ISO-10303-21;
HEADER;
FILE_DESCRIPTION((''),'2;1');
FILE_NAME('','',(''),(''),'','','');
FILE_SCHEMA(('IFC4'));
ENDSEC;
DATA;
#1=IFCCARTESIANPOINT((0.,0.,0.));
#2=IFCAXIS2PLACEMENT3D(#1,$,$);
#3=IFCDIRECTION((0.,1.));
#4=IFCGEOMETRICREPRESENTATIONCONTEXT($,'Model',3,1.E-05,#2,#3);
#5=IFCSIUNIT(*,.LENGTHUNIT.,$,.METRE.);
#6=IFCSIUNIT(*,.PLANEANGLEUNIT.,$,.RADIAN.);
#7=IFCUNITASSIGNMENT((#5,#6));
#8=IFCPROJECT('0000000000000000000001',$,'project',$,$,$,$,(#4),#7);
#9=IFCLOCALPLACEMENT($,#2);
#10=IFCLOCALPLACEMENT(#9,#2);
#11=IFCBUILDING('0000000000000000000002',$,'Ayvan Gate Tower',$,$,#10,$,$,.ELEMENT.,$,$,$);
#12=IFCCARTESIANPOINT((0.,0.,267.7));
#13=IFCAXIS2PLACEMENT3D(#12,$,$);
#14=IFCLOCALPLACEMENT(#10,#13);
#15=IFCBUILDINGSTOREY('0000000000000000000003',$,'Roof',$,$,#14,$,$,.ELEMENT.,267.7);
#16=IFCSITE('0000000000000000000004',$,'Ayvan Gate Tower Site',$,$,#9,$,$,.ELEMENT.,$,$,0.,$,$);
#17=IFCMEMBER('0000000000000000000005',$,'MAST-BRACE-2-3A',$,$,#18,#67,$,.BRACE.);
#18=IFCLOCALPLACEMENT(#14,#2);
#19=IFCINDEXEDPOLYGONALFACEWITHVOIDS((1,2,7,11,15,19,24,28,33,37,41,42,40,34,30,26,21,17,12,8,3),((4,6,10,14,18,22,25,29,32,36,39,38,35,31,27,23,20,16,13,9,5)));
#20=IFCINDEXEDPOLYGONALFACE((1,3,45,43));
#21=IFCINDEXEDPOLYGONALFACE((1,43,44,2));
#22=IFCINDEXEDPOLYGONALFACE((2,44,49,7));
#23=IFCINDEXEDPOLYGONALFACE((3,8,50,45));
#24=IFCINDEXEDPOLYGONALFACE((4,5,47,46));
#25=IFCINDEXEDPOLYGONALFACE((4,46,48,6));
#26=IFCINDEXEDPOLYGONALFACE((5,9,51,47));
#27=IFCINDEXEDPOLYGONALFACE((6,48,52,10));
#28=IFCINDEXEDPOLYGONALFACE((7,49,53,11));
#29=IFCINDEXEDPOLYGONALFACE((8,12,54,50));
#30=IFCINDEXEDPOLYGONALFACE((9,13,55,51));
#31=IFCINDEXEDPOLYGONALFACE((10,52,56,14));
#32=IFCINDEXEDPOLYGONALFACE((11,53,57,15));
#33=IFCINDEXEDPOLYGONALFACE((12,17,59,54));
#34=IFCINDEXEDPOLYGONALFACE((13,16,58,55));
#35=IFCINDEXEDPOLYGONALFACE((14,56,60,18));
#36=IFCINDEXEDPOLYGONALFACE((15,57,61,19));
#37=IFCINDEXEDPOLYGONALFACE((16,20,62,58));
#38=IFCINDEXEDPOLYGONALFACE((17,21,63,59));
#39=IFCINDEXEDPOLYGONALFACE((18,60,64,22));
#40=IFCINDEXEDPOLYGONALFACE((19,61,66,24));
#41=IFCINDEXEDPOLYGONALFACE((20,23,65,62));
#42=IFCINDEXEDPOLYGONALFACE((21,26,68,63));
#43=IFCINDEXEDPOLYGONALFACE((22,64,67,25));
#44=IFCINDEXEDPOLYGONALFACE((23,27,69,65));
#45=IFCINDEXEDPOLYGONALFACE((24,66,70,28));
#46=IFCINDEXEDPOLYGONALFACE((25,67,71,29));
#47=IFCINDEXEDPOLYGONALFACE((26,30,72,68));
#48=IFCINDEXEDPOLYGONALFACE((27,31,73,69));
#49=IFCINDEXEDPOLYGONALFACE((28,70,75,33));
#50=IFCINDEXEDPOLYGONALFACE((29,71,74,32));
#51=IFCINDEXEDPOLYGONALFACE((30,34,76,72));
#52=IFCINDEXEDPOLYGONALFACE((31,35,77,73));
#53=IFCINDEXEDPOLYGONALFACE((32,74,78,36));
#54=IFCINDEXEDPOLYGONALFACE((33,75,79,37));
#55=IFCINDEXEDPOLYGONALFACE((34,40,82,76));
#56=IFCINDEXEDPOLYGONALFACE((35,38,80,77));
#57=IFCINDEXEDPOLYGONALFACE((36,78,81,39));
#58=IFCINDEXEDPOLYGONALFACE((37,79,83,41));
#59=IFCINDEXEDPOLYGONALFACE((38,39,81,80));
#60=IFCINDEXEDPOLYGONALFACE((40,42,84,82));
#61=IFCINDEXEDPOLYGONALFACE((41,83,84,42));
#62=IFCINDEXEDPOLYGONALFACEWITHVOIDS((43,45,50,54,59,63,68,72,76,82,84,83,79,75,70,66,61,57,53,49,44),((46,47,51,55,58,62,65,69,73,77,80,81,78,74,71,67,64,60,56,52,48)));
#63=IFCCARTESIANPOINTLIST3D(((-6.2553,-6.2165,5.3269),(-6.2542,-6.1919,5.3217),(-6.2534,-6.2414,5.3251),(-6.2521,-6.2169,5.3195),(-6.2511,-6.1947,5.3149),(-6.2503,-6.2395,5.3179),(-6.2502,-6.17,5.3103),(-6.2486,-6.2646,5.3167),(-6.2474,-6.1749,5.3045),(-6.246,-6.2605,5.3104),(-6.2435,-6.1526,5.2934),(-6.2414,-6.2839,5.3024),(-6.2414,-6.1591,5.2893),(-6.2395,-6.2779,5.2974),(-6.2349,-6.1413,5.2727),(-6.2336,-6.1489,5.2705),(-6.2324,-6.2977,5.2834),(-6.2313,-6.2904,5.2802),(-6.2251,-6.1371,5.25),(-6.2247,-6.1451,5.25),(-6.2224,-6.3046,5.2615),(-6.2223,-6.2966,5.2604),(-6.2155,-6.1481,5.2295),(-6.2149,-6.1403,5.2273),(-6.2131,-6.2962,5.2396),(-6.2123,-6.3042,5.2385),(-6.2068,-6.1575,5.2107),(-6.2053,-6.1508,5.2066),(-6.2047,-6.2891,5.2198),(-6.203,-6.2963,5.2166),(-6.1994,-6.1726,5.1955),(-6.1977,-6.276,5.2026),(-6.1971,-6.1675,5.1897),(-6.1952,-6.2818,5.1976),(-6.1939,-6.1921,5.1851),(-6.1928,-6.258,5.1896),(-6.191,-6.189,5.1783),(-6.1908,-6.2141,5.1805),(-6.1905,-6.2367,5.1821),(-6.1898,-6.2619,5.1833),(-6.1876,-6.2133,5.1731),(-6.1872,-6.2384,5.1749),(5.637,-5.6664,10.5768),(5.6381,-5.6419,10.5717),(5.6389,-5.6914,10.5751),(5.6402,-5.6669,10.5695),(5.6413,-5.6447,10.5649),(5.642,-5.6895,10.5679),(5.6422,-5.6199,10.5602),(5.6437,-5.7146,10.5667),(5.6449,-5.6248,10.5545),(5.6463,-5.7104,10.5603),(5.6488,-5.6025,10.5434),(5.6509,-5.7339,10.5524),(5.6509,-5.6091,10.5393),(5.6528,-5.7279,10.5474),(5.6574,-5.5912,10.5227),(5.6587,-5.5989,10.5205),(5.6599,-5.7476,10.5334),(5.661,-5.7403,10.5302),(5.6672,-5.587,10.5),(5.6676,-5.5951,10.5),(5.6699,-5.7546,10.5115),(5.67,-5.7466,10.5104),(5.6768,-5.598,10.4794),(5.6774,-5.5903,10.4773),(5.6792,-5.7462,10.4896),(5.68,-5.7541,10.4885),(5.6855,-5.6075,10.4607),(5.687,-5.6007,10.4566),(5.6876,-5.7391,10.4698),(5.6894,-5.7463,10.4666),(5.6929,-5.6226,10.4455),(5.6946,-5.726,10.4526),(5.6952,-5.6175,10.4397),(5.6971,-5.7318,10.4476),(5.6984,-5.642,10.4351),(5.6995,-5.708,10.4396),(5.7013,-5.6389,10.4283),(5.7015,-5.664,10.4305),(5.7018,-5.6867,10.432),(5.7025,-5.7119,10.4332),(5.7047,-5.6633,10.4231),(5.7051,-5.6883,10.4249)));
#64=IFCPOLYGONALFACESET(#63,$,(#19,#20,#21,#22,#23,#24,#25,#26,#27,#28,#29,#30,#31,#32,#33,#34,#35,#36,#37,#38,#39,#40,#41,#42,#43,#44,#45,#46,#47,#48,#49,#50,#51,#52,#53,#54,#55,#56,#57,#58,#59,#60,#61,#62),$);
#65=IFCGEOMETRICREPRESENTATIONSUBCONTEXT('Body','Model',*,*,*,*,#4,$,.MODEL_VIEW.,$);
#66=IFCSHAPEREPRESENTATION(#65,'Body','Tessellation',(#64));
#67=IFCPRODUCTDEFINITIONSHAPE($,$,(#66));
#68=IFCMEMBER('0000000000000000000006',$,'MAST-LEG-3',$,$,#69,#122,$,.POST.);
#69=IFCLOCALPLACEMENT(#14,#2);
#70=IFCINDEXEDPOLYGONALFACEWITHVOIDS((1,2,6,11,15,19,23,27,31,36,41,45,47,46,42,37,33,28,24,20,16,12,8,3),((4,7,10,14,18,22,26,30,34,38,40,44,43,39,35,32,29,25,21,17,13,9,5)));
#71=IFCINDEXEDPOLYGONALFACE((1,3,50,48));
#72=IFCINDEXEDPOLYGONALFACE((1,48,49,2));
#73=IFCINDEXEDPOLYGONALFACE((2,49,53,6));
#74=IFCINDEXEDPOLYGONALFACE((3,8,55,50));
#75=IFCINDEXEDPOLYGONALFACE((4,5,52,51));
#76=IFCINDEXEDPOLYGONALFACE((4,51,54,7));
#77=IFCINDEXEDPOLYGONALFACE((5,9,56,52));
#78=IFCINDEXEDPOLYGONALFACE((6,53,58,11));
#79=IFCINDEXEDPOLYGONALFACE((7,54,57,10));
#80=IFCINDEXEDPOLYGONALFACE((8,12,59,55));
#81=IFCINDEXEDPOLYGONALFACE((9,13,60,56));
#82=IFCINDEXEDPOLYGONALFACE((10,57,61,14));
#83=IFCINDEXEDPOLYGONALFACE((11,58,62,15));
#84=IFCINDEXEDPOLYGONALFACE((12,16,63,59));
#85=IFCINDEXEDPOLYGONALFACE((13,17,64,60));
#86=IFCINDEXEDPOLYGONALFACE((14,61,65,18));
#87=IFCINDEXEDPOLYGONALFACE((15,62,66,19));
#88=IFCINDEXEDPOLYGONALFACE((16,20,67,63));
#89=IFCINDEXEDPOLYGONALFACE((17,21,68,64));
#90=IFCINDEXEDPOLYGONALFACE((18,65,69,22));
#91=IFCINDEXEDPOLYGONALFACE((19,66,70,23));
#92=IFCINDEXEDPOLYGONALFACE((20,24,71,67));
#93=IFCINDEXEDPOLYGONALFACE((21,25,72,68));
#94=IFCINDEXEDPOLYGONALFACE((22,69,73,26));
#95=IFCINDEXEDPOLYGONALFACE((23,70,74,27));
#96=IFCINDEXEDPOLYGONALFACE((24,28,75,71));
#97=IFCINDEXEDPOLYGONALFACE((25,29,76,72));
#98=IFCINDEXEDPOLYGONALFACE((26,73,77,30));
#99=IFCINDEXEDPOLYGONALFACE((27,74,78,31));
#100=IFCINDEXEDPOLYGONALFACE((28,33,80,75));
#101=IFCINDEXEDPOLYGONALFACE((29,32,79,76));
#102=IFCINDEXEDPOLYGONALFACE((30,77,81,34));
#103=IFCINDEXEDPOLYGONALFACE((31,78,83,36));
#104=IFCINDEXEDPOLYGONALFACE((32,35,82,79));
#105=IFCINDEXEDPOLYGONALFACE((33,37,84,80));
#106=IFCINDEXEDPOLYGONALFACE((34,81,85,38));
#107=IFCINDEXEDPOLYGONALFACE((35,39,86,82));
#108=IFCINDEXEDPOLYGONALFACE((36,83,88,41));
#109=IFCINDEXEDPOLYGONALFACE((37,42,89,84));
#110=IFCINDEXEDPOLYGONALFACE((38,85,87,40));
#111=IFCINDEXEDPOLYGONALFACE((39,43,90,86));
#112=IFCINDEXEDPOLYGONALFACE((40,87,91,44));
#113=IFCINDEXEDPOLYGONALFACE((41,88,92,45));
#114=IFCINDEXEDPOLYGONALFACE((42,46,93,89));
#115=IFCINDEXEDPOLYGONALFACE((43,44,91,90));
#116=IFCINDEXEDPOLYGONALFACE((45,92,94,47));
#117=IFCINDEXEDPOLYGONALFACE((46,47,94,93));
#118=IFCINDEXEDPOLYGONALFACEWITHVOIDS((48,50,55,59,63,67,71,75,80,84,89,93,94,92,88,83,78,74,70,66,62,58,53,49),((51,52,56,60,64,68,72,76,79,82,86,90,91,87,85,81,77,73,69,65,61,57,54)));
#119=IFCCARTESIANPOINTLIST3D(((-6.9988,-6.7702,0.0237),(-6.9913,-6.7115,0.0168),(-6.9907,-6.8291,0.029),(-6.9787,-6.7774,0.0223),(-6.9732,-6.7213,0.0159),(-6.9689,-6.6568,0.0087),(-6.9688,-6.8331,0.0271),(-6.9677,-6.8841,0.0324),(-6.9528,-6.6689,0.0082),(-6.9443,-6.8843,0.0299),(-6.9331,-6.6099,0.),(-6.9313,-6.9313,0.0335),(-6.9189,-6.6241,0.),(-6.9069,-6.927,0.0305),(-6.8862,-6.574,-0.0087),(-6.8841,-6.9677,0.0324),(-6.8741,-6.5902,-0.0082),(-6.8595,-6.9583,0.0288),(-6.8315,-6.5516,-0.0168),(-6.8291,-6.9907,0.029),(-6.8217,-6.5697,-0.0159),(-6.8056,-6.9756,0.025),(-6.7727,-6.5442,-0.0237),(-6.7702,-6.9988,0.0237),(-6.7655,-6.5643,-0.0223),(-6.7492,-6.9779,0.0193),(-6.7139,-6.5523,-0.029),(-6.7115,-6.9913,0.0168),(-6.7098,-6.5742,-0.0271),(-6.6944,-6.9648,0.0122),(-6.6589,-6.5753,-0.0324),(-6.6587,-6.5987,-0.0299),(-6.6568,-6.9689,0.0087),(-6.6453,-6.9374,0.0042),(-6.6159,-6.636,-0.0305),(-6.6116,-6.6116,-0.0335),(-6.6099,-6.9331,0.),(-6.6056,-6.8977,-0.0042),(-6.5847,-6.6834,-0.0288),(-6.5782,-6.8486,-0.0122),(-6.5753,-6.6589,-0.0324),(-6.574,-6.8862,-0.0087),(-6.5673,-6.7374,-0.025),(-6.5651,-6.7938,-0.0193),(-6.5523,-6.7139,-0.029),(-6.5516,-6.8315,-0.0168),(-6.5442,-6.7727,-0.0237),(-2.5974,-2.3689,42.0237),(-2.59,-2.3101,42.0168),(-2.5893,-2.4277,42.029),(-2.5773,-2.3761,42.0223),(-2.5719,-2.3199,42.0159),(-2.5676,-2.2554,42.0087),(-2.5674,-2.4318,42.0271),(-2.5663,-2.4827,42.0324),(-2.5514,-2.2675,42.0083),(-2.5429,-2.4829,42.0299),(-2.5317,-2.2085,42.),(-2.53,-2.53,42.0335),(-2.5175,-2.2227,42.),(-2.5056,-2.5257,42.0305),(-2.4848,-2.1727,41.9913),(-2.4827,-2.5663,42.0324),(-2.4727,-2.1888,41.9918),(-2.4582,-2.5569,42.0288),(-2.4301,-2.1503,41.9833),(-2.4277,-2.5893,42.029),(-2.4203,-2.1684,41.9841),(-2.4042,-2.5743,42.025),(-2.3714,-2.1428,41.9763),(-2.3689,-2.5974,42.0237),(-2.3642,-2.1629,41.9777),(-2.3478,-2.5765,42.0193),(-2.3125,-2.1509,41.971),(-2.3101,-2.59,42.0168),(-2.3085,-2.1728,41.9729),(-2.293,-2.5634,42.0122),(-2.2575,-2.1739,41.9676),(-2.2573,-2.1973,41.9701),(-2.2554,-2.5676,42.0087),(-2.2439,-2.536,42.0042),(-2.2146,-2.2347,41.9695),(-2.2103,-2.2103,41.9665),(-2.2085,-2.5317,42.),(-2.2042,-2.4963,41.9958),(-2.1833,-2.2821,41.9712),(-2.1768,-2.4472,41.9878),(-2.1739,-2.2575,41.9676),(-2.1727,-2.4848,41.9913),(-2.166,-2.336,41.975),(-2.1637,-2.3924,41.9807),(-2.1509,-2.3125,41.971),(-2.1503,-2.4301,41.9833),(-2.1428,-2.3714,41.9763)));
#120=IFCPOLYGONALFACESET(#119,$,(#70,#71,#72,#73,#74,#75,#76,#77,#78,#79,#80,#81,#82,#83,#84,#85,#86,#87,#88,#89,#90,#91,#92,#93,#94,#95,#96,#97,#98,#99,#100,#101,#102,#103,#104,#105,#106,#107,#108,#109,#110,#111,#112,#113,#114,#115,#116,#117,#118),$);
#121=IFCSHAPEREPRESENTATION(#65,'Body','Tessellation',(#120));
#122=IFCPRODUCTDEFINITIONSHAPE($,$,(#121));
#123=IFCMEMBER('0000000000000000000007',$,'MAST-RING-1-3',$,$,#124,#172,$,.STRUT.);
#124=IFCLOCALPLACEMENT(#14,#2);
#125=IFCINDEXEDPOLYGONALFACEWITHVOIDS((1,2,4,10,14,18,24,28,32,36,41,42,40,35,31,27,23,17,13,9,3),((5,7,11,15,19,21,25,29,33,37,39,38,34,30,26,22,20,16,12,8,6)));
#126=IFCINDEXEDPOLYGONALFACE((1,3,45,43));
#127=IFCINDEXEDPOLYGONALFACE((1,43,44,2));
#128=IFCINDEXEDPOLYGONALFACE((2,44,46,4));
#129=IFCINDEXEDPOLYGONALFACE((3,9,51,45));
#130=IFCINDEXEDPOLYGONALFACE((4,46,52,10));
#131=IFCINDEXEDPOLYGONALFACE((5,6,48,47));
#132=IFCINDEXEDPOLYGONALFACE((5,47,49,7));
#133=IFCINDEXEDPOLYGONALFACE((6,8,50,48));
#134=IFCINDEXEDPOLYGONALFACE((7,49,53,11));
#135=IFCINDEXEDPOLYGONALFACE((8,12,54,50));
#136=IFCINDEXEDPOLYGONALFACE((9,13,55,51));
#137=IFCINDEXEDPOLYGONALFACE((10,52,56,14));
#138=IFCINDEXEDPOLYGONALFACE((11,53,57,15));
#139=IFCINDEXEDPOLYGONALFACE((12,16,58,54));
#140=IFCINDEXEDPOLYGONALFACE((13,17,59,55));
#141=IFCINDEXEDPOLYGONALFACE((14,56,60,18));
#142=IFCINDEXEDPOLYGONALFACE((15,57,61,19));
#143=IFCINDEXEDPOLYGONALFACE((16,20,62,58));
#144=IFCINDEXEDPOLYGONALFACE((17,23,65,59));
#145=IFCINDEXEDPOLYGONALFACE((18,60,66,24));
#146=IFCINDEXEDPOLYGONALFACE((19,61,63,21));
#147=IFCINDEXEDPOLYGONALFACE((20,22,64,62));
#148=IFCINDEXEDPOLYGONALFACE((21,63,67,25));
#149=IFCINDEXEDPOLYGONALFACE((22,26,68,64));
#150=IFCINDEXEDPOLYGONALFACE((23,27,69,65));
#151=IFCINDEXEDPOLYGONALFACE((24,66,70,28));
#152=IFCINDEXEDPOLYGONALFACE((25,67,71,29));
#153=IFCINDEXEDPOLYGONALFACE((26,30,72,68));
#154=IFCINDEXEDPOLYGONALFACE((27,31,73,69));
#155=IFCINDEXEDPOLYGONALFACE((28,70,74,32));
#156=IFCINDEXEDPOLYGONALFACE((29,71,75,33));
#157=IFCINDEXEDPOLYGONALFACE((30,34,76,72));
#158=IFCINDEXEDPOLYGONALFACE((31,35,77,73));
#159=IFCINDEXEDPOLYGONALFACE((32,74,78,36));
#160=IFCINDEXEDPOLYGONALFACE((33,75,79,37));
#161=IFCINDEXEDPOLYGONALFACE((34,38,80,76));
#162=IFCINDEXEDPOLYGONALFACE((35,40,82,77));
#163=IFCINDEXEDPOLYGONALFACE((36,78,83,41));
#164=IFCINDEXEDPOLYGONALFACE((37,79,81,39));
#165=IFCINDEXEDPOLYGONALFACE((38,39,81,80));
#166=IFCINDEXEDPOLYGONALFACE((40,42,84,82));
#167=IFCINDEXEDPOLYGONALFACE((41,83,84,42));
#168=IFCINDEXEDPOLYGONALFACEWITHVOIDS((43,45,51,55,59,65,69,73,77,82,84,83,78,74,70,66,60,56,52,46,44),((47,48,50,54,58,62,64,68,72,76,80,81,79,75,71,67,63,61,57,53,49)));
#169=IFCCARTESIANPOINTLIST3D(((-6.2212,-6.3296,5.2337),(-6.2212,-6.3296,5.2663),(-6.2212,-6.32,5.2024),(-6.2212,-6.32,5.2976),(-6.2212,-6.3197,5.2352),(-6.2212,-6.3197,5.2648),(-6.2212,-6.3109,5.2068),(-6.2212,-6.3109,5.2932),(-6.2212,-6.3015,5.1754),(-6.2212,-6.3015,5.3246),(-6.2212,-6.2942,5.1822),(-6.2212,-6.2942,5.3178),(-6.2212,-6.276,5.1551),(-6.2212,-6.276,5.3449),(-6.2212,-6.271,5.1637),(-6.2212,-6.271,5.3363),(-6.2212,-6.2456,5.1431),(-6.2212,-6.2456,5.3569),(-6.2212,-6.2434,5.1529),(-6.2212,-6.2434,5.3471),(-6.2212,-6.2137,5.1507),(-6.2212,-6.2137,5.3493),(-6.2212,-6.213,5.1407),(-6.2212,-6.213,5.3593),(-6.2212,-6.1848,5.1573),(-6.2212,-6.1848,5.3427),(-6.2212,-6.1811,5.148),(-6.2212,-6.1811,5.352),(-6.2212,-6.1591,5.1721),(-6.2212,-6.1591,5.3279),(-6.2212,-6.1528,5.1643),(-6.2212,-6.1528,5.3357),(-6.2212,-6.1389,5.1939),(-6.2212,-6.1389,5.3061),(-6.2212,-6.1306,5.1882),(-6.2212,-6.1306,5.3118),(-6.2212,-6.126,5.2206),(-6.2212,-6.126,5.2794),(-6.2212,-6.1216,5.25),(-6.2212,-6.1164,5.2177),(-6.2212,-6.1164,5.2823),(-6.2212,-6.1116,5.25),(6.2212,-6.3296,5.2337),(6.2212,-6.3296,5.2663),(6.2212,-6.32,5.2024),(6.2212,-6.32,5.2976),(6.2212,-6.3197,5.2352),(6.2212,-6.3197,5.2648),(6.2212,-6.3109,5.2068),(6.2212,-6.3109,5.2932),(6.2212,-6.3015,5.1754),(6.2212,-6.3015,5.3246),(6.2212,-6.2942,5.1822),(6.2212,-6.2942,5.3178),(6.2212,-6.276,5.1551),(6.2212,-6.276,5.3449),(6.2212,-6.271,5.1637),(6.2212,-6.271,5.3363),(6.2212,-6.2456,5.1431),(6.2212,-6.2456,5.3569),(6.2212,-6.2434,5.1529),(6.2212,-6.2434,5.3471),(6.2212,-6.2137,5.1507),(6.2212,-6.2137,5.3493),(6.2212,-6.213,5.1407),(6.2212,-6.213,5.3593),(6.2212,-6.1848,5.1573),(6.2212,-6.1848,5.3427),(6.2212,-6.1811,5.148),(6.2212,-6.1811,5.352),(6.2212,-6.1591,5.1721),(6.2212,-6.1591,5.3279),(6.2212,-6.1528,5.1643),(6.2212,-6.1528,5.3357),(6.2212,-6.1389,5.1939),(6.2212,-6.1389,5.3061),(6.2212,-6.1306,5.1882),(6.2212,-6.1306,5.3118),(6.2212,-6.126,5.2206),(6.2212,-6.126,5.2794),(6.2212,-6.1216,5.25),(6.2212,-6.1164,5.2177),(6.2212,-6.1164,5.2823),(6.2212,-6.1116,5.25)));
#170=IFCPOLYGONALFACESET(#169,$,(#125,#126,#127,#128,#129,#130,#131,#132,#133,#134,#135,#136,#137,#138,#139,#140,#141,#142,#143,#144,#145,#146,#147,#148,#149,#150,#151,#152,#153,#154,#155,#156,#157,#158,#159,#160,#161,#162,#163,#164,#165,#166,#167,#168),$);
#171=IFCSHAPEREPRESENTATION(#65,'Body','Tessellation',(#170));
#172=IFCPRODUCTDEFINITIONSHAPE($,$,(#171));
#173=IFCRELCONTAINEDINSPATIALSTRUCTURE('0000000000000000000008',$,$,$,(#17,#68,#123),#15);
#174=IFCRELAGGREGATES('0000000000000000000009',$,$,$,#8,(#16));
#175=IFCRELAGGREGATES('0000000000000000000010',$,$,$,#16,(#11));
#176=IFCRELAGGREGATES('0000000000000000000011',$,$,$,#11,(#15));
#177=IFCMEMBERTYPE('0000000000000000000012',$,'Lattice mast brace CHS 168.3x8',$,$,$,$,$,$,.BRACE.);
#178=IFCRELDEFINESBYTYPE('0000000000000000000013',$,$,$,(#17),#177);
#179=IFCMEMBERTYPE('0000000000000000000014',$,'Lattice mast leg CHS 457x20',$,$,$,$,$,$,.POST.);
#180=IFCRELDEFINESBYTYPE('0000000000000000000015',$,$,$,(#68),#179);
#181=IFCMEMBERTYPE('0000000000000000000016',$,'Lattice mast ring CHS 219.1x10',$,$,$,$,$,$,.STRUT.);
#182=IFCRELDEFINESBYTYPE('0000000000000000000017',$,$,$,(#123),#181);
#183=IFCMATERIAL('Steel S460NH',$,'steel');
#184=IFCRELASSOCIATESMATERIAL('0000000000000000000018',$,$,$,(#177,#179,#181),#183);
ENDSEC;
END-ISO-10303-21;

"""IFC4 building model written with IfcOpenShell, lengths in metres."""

from ifc_helpers import new_model, si_unit, direction, frame, origin, origin_2d, place, context, subcontext, project, spatial, hollow_circle, extrude, material, material_profile, profile_set, type_object, element, save


model = new_model("IFC4")

# Units and contexts
model_context = context("Model", 3, precision=1e-05, world=origin(), true_north=direction((0.0, 1.0)))
body_context = subcontext(model_context, "Body", "Model", "MODEL_VIEW")
ifc_project = project(units=[si_unit("LENGTHUNIT", "METRE"), si_unit("PLANEANGLEUNIT", "RADIAN")], contexts=[model_context])

# Site, building, storey
site_placement = place(None, origin())
site = spatial("IfcSite", under=ifc_project, at=site_placement, Name="Ayvan Gate Tower Site", CompositionType="ELEMENT", RefElevation=0.0)
building_placement = place(site_placement, origin())
building = spatial("IfcBuilding", under=site, at=building_placement, Name="Ayvan Gate Tower", CompositionType="ELEMENT")
storey_placement = place(building_placement, frame((0.0, 0.0, 267.7)))
storey = spatial("IfcBuildingStorey", under=building, at=storey_placement, Name="Roof", CompositionType="ELEMENT", Elevation=267.7)

# Members
ifc_material_1 = material(Name="Steel S460NH", Category="steel")
ifc_material_profile_1 = material_profile(ifc_material_1, hollow_circle(Radius=0.0842, WallThickness=0.0081, at=origin_2d()), Name="CHS 168.3x8")
ifc_profile_set_1 = profile_set([ifc_material_profile_1], Name="Steel S460NH")
member_type_1 = type_object("IfcMemberType", Name="Lattice mast brace CHS 168.3x8", PredefinedType="BRACE", material=ifc_profile_set_1)
member_1_placement = place(storey_placement, frame((-6.2212, -6.2212, 5.25), z_axis=(0.914004, 0.042275, 0.403497), x_axis=(-0.046203, 0.998932, 0.0)))
element("IfcMember", 1, at=member_1_placement, inside=storey, type_object=member_type_1, Name="MAST-BRACE-2-3A", PredefinedType="BRACE", context=body_context, shape_type="SweptSolid", body=[
    extrude(hollow_circle(Radius=0.0842, WallThickness=0.0081, at=origin_2d()), origin(), (0.0, 0.0, 1.0), 13.0112),
])
ifc_material_profile_2 = material_profile(ifc_material_1, hollow_circle(Radius=0.2285, WallThickness=0.02, at=origin_2d()), Name="CHS 457x20")
ifc_profile_set_2 = profile_set([ifc_material_profile_2], Name="Steel S460NH")
member_type_2 = type_object("IfcMemberType", Name="Lattice mast leg CHS 457x20", PredefinedType="POST", material=ifc_profile_set_2)
member_2_placement = place(storey_placement, frame((-6.7715, -6.7715, 0.0), z_axis=(0.103662, 0.103662, 0.989196), x_axis=(-0.707107, 0.707107, 0.0)))
element("IfcMember", 2, at=member_2_placement, inside=storey, type_object=member_type_2, Name="MAST-LEG-3", PredefinedType="POST", context=body_context, shape_type="SweptSolid", body=[
    extrude(hollow_circle(Radius=0.2285, WallThickness=0.02, at=origin_2d()), origin(), (0.0, 0.0, 1.0), 42.4587),
])
ifc_material_profile_3 = material_profile(ifc_material_1, hollow_circle(Radius=0.1096, WallThickness=0.01, at=origin_2d()), Name="CHS 219.1x10")
ifc_profile_set_3 = profile_set([ifc_material_profile_3], Name="Steel S460NH")
member_type_3 = type_object("IfcMemberType", Name="Lattice mast ring CHS 219.1x10", PredefinedType="STRUT", material=ifc_profile_set_3)
member_3_placement = place(storey_placement, frame((-6.2212, -6.2212, 5.25), z_axis=(1.0, 0.0, 0.0), x_axis=(0.0, 1.0, 0.0)))
element("IfcMember", 3, at=member_3_placement, inside=storey, type_object=member_type_3, Name="MAST-RING-1-3", PredefinedType="STRUT", context=body_context, shape_type="SweptSolid", body=[
    extrude(hollow_circle(Radius=0.1096, WallThickness=0.01, at=origin_2d()), origin(), (0.0, 0.0, 1.0), 12.4424),
])

save(model, "model.ifc")
